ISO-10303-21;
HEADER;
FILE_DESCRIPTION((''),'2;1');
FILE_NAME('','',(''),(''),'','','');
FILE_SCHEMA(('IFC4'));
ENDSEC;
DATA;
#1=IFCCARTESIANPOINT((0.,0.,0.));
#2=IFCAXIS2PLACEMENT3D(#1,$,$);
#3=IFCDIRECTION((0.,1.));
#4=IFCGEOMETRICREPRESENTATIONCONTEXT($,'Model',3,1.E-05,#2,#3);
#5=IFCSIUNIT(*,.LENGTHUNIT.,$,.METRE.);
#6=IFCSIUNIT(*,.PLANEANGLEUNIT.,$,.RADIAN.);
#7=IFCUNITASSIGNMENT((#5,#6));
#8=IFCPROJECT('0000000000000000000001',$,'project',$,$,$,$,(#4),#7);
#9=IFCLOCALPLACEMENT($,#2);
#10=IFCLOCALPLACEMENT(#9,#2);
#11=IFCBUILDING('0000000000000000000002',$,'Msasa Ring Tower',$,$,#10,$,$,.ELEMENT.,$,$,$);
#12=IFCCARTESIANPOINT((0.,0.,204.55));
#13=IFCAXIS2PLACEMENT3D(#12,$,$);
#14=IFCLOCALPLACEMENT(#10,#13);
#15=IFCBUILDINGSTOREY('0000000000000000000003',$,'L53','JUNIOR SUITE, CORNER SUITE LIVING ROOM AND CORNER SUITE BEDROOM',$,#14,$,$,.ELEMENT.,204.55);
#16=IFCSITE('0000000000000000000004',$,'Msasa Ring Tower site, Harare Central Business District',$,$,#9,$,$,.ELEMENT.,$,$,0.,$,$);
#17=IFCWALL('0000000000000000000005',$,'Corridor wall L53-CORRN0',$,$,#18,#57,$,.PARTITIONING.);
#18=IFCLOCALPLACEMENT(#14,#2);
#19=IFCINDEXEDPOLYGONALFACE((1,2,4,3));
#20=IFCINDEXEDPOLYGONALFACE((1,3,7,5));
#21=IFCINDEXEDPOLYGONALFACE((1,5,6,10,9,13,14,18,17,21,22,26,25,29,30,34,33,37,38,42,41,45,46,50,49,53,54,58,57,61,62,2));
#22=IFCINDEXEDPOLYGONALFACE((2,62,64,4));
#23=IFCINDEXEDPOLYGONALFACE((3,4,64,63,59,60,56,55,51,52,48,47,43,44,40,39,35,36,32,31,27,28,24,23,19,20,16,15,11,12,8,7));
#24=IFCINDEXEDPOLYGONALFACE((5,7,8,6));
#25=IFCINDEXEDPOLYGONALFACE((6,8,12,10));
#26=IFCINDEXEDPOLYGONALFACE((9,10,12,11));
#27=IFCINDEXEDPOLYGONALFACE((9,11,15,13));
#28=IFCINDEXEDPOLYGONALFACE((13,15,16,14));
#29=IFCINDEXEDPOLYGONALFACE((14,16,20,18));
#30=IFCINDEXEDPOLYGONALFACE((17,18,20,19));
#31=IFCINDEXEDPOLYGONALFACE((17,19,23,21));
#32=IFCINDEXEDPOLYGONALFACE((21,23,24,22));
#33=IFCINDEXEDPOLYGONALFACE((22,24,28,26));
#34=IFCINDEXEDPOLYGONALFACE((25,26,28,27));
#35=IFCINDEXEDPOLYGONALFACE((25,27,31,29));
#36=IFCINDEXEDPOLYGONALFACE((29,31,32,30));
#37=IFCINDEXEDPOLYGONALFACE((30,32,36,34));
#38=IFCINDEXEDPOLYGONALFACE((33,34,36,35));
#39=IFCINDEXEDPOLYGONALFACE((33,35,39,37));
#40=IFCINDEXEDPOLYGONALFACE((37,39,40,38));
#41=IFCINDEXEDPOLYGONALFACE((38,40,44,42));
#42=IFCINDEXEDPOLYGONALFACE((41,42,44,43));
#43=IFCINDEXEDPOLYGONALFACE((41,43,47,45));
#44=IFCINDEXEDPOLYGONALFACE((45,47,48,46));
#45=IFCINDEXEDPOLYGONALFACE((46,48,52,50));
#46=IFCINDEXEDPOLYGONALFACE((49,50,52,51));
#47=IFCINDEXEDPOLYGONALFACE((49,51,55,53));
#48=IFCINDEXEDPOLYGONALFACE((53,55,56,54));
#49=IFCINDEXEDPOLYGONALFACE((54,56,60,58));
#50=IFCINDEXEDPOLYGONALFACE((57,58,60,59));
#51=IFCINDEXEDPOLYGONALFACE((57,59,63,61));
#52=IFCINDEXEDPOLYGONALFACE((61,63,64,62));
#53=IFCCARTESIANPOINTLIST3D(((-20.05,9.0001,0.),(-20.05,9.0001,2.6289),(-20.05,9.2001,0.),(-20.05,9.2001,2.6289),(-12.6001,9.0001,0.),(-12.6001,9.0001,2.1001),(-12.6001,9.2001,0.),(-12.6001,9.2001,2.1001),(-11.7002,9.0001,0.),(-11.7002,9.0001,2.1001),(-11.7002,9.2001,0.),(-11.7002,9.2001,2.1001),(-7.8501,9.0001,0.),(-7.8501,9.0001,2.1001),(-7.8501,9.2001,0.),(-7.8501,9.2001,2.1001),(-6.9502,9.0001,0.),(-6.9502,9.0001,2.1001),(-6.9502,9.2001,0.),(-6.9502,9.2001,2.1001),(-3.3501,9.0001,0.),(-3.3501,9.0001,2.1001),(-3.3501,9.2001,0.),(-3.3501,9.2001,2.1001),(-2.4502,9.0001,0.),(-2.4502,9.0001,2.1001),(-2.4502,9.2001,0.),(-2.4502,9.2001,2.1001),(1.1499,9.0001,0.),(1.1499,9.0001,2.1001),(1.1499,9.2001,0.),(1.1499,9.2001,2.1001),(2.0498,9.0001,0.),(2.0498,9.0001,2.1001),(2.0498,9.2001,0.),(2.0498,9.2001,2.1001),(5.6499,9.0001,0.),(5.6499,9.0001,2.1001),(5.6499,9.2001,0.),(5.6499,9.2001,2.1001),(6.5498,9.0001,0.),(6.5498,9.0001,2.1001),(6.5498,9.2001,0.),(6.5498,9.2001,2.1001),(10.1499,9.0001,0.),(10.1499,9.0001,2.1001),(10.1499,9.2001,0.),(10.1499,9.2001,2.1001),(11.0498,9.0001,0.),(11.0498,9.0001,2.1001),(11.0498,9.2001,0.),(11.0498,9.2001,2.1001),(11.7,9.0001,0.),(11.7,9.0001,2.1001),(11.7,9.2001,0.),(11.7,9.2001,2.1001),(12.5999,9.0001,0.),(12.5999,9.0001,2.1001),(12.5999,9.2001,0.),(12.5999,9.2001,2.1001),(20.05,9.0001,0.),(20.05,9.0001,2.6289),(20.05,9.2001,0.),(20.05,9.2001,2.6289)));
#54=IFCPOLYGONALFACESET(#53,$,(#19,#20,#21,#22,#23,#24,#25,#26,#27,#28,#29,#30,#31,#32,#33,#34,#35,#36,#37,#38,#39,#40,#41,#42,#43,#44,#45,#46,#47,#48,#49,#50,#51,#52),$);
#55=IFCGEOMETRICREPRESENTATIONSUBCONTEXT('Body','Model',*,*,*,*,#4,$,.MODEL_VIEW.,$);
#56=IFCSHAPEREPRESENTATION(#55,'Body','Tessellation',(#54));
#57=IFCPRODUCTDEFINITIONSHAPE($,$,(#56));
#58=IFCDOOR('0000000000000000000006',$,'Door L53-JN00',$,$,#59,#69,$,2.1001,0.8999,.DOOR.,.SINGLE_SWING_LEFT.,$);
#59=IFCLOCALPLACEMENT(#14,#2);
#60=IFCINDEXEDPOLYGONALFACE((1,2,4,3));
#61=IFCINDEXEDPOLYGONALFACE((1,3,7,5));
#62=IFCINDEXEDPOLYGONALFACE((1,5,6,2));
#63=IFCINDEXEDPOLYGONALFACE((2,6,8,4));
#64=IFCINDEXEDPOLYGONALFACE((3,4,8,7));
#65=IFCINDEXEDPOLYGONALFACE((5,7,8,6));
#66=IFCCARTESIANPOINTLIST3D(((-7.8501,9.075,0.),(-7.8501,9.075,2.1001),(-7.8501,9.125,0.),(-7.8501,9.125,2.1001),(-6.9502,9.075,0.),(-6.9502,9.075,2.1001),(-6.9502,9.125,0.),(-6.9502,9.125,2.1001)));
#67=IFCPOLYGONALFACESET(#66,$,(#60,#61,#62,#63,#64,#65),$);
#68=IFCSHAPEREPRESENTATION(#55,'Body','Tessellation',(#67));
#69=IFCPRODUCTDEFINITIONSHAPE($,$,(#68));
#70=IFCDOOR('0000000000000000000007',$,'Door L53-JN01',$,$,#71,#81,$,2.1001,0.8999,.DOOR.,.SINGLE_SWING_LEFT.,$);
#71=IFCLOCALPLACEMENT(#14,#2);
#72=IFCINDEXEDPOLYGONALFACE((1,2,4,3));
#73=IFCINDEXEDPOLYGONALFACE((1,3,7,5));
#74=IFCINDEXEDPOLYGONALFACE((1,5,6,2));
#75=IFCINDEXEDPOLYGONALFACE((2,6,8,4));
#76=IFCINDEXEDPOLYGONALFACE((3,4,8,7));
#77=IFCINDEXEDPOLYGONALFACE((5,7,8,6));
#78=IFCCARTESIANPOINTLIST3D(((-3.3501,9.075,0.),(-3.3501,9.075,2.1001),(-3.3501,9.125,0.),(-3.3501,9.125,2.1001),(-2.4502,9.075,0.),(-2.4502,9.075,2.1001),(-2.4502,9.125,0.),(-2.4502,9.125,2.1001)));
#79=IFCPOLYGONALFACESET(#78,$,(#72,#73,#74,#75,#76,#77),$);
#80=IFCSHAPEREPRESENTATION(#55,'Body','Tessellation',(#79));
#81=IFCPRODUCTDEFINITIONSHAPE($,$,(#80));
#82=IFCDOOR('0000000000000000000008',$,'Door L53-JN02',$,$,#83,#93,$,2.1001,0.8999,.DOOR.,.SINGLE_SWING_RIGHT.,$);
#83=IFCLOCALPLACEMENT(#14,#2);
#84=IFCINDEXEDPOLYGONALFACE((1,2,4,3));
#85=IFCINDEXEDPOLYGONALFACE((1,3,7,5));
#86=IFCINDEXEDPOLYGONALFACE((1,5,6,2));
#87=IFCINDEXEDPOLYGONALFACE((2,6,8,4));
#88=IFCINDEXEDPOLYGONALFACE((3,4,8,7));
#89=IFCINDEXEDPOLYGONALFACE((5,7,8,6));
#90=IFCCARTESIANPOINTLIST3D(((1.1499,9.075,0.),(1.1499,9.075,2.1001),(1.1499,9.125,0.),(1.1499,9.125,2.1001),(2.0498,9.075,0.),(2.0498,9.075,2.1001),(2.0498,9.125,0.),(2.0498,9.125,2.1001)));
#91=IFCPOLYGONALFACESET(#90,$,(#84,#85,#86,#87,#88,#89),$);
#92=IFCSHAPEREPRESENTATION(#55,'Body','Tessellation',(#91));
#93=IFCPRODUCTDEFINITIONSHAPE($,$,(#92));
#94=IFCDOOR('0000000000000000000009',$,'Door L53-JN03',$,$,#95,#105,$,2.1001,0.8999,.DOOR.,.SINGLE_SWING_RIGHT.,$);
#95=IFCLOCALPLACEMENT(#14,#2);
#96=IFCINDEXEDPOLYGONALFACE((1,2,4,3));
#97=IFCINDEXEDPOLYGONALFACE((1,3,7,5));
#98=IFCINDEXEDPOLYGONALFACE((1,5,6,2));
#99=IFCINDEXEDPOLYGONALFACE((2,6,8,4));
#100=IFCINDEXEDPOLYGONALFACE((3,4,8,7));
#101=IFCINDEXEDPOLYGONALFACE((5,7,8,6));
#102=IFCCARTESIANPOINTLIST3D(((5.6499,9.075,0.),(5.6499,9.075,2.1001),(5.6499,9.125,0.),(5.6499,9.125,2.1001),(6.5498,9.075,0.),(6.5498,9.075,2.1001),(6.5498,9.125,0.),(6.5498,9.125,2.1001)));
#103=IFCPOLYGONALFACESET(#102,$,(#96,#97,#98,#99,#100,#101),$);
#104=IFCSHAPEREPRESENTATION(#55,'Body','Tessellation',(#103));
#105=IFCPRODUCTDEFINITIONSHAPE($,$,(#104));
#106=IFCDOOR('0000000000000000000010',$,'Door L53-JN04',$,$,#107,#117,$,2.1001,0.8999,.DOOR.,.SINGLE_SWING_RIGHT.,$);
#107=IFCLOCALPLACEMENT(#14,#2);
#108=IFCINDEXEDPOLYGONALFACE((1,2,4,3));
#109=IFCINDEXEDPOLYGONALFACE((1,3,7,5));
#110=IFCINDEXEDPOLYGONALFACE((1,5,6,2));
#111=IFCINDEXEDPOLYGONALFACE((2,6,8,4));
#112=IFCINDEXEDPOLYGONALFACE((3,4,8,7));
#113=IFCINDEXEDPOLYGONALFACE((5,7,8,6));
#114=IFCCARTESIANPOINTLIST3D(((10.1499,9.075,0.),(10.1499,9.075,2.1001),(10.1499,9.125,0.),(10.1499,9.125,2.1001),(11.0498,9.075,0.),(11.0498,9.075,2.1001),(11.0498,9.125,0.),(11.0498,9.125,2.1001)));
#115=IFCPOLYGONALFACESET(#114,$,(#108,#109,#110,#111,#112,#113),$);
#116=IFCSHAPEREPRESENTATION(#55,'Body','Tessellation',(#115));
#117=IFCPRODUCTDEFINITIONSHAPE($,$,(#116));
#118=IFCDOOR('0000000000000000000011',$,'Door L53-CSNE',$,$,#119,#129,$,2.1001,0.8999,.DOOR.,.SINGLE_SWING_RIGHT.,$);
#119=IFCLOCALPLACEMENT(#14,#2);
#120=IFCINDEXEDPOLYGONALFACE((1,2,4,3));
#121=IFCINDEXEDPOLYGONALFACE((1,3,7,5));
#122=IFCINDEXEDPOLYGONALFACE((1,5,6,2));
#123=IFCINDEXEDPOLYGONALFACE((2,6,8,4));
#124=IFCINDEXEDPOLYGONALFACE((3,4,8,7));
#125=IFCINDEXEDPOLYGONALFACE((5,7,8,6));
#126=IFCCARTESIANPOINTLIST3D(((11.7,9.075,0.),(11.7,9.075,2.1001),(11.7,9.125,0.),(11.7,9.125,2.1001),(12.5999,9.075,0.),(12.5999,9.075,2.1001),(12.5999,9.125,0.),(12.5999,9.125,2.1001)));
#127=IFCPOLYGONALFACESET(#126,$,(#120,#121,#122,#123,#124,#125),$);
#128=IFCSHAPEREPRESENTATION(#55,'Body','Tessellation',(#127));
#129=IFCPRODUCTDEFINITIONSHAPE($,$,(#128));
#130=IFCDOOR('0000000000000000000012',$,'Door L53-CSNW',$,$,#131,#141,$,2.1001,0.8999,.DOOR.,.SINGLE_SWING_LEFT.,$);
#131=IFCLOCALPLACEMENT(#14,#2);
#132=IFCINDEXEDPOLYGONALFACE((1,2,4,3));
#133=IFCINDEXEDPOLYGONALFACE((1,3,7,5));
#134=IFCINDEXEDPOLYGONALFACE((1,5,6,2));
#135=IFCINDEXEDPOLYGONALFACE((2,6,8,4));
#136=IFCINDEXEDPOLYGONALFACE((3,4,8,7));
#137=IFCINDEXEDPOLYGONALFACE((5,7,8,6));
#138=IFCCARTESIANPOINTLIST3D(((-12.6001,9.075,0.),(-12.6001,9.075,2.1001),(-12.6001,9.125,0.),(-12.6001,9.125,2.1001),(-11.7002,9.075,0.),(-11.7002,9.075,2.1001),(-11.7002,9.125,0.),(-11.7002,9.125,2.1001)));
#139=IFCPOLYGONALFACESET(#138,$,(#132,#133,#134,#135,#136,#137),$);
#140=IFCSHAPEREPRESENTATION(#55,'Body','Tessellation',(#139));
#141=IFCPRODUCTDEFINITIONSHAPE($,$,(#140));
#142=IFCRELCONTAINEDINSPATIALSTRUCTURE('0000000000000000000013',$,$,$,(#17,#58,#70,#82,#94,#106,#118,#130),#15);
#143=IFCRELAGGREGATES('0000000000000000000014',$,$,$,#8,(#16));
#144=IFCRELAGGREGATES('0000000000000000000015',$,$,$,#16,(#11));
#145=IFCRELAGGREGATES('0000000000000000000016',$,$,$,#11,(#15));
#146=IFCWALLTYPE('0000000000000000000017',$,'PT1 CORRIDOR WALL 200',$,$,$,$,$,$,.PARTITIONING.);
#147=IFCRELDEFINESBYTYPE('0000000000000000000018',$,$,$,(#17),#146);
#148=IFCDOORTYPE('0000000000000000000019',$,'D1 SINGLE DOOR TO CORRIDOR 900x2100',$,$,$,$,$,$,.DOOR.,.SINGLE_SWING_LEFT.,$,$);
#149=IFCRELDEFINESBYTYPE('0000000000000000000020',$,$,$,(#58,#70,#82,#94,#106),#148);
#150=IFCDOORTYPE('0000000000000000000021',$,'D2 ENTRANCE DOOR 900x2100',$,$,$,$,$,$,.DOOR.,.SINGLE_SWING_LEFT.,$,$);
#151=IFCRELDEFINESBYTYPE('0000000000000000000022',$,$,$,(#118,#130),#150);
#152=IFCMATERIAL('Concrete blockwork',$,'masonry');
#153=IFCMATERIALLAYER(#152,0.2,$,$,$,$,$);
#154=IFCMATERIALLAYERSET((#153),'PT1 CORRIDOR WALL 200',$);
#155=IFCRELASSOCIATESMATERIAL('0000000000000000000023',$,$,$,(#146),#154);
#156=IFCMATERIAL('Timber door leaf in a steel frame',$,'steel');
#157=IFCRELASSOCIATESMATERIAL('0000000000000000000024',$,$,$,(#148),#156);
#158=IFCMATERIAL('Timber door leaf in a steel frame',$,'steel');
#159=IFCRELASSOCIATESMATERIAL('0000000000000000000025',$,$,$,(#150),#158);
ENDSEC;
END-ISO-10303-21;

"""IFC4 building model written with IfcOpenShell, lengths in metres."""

from ifc_helpers import new_model, si_unit, direction, frame, frame_2d, origin, place, context, subcontext, project, spatial, rectangle, extrude, material, layer, layer_set, type_object, element, fill, save


model = new_model("IFC4")

# Units and contexts
model_context = context("Model", 3, precision=1e-05, world=origin(), true_north=direction((0.0, 1.0)))
body_context = subcontext(model_context, "Body", "Model", "MODEL_VIEW")
ifc_project = project(units=[si_unit("LENGTHUNIT", "METRE"), si_unit("PLANEANGLEUNIT", "RADIAN")], contexts=[model_context])

# Site, building, storey
site_placement = place(None, origin())
site = spatial("IfcSite", under=ifc_project, at=site_placement, Name="Msasa Ring Tower site, Harare Central Business District", CompositionType="ELEMENT", RefElevation=0.0)
building_placement = place(site_placement, origin())
building = spatial("IfcBuilding", under=site, at=building_placement, Name="Msasa Ring Tower", CompositionType="ELEMENT")
storey_placement = place(building_placement, frame((0.0, 0.0, 204.55)))
storey = spatial("IfcBuildingStorey", under=building, at=storey_placement, Name="L53", Description="JUNIOR SUITE, CORNER SUITE LIVING ROOM AND CORNER SUITE BEDROOM", CompositionType="ELEMENT", Elevation=204.55)

# Wall, openings, doors
ifc_material_1 = material(Name="Concrete blockwork", Category="masonry")
ifc_layer_1 = layer(ifc_material_1, 0.2)
ifc_layer_set_1 = layer_set([ifc_layer_1], Name="PT1 CORRIDOR WALL 200")
wall_type_1 = type_object("IfcWallType", Name="PT1 CORRIDOR WALL 200", PredefinedType="PARTITIONING", material=ifc_layer_set_1)
wall_1_placement = place(storey_placement, frame((-20.05, 9.1001, 0.0), z_axis=(0.0, 0.0, 1.0), x_axis=(1.0, 0.0, 0.0)))
wall_1 = element("IfcWall", 1, at=wall_1_placement, inside=storey, type_object=wall_type_1, Name="Corridor wall L53-CORRN0", PredefinedType="PARTITIONING", context=body_context, shape_type="SweptSolid", body=[
    extrude(rectangle(XDim=40.1001, YDim=0.2, at=frame_2d((20.05, 0.0))), origin(), (0.0, 0.0, 1.0), 2.6289),
])
opening_1_placement = place(wall_1_placement, frame((12.2, 0.0, 0.0)))
opening_1 = element("IfcOpeningElement", 2, at=opening_1_placement, cuts=wall_1, PredefinedType="OPENING", context=body_context, shape_type="SweptSolid", body=[
    extrude(rectangle(XDim=0.8999, YDim=2.1001, at=frame_2d((0.45, 1.05))), frame((0.0, 0.1099, 0.0), z_axis=(0.0, -1.0, 0.0), x_axis=(1.0, 0.0, 0.0)), (0.0, 0.0, 1.0), 0.22),
])
opening_2_placement = place(wall_1_placement, frame((16.7, 0.0, 0.0)))
opening_2 = element("IfcOpeningElement", 3, at=opening_2_placement, cuts=wall_1, PredefinedType="OPENING", context=body_context, shape_type="SweptSolid", body=[
    extrude(rectangle(XDim=0.8999, YDim=2.1001, at=frame_2d((0.45, 1.05))), frame((0.0, 0.1099, 0.0), z_axis=(0.0, -1.0, 0.0), x_axis=(1.0, 0.0, 0.0)), (0.0, 0.0, 1.0), 0.22),
])
opening_3_placement = place(wall_1_placement, frame((21.2, 0.0, 0.0)))
opening_3 = element("IfcOpeningElement", 4, at=opening_3_placement, cuts=wall_1, PredefinedType="OPENING", context=body_context, shape_type="SweptSolid", body=[
    extrude(rectangle(XDim=0.8999, YDim=2.1001, at=frame_2d((0.45, 1.05))), frame((0.0, 0.1099, 0.0), z_axis=(0.0, -1.0, 0.0), x_axis=(1.0, 0.0, 0.0)), (0.0, 0.0, 1.0), 0.22),
])
opening_4_placement = place(wall_1_placement, frame((25.7, 0.0, 0.0)))
opening_4 = element("IfcOpeningElement", 5, at=opening_4_placement, cuts=wall_1, PredefinedType="OPENING", context=body_context, shape_type="SweptSolid", body=[
    extrude(rectangle(XDim=0.8999, YDim=2.1001, at=frame_2d((0.45, 1.05))), frame((0.0, 0.1099, 0.0), z_axis=(0.0, -1.0, 0.0), x_axis=(1.0, 0.0, 0.0)), (0.0, 0.0, 1.0), 0.22),
])
opening_5_placement = place(wall_1_placement, frame((30.2, 0.0, 0.0)))
opening_5 = element("IfcOpeningElement", 6, at=opening_5_placement, cuts=wall_1, PredefinedType="OPENING", context=body_context, shape_type="SweptSolid", body=[
    extrude(rectangle(XDim=0.8999, YDim=2.1001, at=frame_2d((0.45, 1.05))), frame((0.0, 0.1099, 0.0), z_axis=(0.0, -1.0, 0.0), x_axis=(1.0, 0.0, 0.0)), (0.0, 0.0, 1.0), 0.22),
])
opening_6_placement = place(wall_1_placement, frame((31.75, 0.0, 0.0)))
opening_6 = element("IfcOpeningElement", 7, at=opening_6_placement, cuts=wall_1, PredefinedType="OPENING", context=body_context, shape_type="SweptSolid", body=[
    extrude(rectangle(XDim=0.8999, YDim=2.1001, at=frame_2d((0.45, 1.05))), frame((0.0, 0.1099, 0.0), z_axis=(0.0, -1.0, 0.0), x_axis=(1.0, 0.0, 0.0)), (0.0, 0.0, 1.0), 0.22),
])
opening_7_placement = place(wall_1_placement, frame((7.45, 0.0, 0.0)))
opening_7 = element("IfcOpeningElement", 8, at=opening_7_placement, cuts=wall_1, PredefinedType="OPENING", context=body_context, shape_type="SweptSolid", body=[
    extrude(rectangle(XDim=0.8999, YDim=2.1001, at=frame_2d((0.45, 1.05))), frame((0.0, 0.1099, 0.0), z_axis=(0.0, -1.0, 0.0), x_axis=(1.0, 0.0, 0.0)), (0.0, 0.0, 1.0), 0.22),
])
ifc_material_2 = material(Name="Timber door leaf in a steel frame", Category="steel")
door_type_1 = type_object("IfcDoorType", Name="D1 SINGLE DOOR TO CORRIDOR 900x2100", OperationType="SINGLE_SWING_LEFT", PredefinedType="DOOR", material=ifc_material_2)
door_1_placement = place(opening_1_placement, origin())
door_1 = element("IfcDoor", 9, at=door_1_placement, inside=storey, type_object=door_type_1, Name="Door L53-JN00", OperationType="SINGLE_SWING_LEFT", OverallHeight=2.1001, OverallWidth=0.8999, PredefinedType="DOOR", context=body_context, shape_type="SweptSolid", body=[
    extrude(rectangle(XDim=0.8999, YDim=2.1001, at=frame_2d((0.45, 1.05))), frame((0.0, 0.0249, 0.0), z_axis=(0.0, -1.0, 0.0), x_axis=(1.0, 0.0, 0.0)), (0.0, 0.0, 1.0), 0.05),
])
fill(opening_1, door_1)
door_2_placement = place(opening_2_placement, origin())
door_2 = element("IfcDoor", 10, at=door_2_placement, inside=storey, type_object=door_type_1, Name="Door L53-JN01", OperationType="SINGLE_SWING_LEFT", OverallHeight=2.1001, OverallWidth=0.8999, PredefinedType="DOOR", context=body_context, shape_type="SweptSolid", body=[
    extrude(rectangle(XDim=0.8999, YDim=2.1001, at=frame_2d((0.45, 1.05))), frame((0.0, 0.0249, 0.0), z_axis=(0.0, -1.0, 0.0), x_axis=(1.0, 0.0, 0.0)), (0.0, 0.0, 1.0), 0.05),
])
fill(opening_2, door_2)
door_3_placement = place(opening_3_placement, origin())
door_3 = element("IfcDoor", 11, at=door_3_placement, inside=storey, type_object=door_type_1, Name="Door L53-JN02", OperationType="SINGLE_SWING_RIGHT", OverallHeight=2.1001, OverallWidth=0.8999, PredefinedType="DOOR", context=body_context, shape_type="SweptSolid", body=[
    extrude(rectangle(XDim=0.8999, YDim=2.1001, at=frame_2d((0.45, 1.05))), frame((0.0, 0.0249, 0.0), z_axis=(0.0, -1.0, 0.0), x_axis=(1.0, 0.0, 0.0)), (0.0, 0.0, 1.0), 0.05),
])
fill(opening_3, door_3)
door_4_placement = place(opening_4_placement, origin())
door_4 = element("IfcDoor", 12, at=door_4_placement, inside=storey, type_object=door_type_1, Name="Door L53-JN03", OperationType="SINGLE_SWING_RIGHT", OverallHeight=2.1001, OverallWidth=0.8999, PredefinedType="DOOR", context=body_context, shape_type="SweptSolid", body=[
    extrude(rectangle(XDim=0.8999, YDim=2.1001, at=frame_2d((0.45, 1.05))), frame((0.0, 0.0249, 0.0), z_axis=(0.0, -1.0, 0.0), x_axis=(1.0, 0.0, 0.0)), (0.0, 0.0, 1.0), 0.05),
])
fill(opening_4, door_4)
door_5_placement = place(opening_5_placement, origin())
door_5 = element("IfcDoor", 13, at=door_5_placement, inside=storey, type_object=door_type_1, Name="Door L53-JN04", OperationType="SINGLE_SWING_RIGHT", OverallHeight=2.1001, OverallWidth=0.8999, PredefinedType="DOOR", context=body_context, shape_type="SweptSolid", body=[
    extrude(rectangle(XDim=0.8999, YDim=2.1001, at=frame_2d((0.45, 1.05))), frame((0.0, 0.0249, 0.0), z_axis=(0.0, -1.0, 0.0), x_axis=(1.0, 0.0, 0.0)), (0.0, 0.0, 1.0), 0.05),
])
fill(opening_5, door_5)
ifc_material_3 = material(Name="Timber door leaf in a steel frame", Category="steel")
door_type_2 = type_object("IfcDoorType", Name="D2 ENTRANCE DOOR 900x2100", OperationType="SINGLE_SWING_LEFT", PredefinedType="DOOR", material=ifc_material_3)
door_6_placement = place(opening_6_placement, origin())
door_6 = element("IfcDoor", 14, at=door_6_placement, inside=storey, type_object=door_type_2, Name="Door L53-CSNE", OperationType="SINGLE_SWING_RIGHT", OverallHeight=2.1001, OverallWidth=0.8999, PredefinedType="DOOR", context=body_context, shape_type="SweptSolid", body=[
    extrude(rectangle(XDim=0.8999, YDim=2.1001, at=frame_2d((0.45, 1.05))), frame((0.0, 0.0249, 0.0), z_axis=(0.0, -1.0, 0.0), x_axis=(1.0, 0.0, 0.0)), (0.0, 0.0, 1.0), 0.05),
])
fill(opening_6, door_6)
door_7_placement = place(opening_7_placement, origin())
door_7 = element("IfcDoor", 15, at=door_7_placement, inside=storey, type_object=door_type_2, Name="Door L53-CSNW", OperationType="SINGLE_SWING_LEFT", OverallHeight=2.1001, OverallWidth=0.8999, PredefinedType="DOOR", context=body_context, shape_type="SweptSolid", body=[
    extrude(rectangle(XDim=0.8999, YDim=2.1001, at=frame_2d((0.45, 1.05))), frame((0.0, 0.0249, 0.0), z_axis=(0.0, -1.0, 0.0), x_axis=(1.0, 0.0, 0.0)), (0.0, 0.0, 1.0), 0.05),
])
fill(opening_7, door_7)

save(model, "model.ifc")
